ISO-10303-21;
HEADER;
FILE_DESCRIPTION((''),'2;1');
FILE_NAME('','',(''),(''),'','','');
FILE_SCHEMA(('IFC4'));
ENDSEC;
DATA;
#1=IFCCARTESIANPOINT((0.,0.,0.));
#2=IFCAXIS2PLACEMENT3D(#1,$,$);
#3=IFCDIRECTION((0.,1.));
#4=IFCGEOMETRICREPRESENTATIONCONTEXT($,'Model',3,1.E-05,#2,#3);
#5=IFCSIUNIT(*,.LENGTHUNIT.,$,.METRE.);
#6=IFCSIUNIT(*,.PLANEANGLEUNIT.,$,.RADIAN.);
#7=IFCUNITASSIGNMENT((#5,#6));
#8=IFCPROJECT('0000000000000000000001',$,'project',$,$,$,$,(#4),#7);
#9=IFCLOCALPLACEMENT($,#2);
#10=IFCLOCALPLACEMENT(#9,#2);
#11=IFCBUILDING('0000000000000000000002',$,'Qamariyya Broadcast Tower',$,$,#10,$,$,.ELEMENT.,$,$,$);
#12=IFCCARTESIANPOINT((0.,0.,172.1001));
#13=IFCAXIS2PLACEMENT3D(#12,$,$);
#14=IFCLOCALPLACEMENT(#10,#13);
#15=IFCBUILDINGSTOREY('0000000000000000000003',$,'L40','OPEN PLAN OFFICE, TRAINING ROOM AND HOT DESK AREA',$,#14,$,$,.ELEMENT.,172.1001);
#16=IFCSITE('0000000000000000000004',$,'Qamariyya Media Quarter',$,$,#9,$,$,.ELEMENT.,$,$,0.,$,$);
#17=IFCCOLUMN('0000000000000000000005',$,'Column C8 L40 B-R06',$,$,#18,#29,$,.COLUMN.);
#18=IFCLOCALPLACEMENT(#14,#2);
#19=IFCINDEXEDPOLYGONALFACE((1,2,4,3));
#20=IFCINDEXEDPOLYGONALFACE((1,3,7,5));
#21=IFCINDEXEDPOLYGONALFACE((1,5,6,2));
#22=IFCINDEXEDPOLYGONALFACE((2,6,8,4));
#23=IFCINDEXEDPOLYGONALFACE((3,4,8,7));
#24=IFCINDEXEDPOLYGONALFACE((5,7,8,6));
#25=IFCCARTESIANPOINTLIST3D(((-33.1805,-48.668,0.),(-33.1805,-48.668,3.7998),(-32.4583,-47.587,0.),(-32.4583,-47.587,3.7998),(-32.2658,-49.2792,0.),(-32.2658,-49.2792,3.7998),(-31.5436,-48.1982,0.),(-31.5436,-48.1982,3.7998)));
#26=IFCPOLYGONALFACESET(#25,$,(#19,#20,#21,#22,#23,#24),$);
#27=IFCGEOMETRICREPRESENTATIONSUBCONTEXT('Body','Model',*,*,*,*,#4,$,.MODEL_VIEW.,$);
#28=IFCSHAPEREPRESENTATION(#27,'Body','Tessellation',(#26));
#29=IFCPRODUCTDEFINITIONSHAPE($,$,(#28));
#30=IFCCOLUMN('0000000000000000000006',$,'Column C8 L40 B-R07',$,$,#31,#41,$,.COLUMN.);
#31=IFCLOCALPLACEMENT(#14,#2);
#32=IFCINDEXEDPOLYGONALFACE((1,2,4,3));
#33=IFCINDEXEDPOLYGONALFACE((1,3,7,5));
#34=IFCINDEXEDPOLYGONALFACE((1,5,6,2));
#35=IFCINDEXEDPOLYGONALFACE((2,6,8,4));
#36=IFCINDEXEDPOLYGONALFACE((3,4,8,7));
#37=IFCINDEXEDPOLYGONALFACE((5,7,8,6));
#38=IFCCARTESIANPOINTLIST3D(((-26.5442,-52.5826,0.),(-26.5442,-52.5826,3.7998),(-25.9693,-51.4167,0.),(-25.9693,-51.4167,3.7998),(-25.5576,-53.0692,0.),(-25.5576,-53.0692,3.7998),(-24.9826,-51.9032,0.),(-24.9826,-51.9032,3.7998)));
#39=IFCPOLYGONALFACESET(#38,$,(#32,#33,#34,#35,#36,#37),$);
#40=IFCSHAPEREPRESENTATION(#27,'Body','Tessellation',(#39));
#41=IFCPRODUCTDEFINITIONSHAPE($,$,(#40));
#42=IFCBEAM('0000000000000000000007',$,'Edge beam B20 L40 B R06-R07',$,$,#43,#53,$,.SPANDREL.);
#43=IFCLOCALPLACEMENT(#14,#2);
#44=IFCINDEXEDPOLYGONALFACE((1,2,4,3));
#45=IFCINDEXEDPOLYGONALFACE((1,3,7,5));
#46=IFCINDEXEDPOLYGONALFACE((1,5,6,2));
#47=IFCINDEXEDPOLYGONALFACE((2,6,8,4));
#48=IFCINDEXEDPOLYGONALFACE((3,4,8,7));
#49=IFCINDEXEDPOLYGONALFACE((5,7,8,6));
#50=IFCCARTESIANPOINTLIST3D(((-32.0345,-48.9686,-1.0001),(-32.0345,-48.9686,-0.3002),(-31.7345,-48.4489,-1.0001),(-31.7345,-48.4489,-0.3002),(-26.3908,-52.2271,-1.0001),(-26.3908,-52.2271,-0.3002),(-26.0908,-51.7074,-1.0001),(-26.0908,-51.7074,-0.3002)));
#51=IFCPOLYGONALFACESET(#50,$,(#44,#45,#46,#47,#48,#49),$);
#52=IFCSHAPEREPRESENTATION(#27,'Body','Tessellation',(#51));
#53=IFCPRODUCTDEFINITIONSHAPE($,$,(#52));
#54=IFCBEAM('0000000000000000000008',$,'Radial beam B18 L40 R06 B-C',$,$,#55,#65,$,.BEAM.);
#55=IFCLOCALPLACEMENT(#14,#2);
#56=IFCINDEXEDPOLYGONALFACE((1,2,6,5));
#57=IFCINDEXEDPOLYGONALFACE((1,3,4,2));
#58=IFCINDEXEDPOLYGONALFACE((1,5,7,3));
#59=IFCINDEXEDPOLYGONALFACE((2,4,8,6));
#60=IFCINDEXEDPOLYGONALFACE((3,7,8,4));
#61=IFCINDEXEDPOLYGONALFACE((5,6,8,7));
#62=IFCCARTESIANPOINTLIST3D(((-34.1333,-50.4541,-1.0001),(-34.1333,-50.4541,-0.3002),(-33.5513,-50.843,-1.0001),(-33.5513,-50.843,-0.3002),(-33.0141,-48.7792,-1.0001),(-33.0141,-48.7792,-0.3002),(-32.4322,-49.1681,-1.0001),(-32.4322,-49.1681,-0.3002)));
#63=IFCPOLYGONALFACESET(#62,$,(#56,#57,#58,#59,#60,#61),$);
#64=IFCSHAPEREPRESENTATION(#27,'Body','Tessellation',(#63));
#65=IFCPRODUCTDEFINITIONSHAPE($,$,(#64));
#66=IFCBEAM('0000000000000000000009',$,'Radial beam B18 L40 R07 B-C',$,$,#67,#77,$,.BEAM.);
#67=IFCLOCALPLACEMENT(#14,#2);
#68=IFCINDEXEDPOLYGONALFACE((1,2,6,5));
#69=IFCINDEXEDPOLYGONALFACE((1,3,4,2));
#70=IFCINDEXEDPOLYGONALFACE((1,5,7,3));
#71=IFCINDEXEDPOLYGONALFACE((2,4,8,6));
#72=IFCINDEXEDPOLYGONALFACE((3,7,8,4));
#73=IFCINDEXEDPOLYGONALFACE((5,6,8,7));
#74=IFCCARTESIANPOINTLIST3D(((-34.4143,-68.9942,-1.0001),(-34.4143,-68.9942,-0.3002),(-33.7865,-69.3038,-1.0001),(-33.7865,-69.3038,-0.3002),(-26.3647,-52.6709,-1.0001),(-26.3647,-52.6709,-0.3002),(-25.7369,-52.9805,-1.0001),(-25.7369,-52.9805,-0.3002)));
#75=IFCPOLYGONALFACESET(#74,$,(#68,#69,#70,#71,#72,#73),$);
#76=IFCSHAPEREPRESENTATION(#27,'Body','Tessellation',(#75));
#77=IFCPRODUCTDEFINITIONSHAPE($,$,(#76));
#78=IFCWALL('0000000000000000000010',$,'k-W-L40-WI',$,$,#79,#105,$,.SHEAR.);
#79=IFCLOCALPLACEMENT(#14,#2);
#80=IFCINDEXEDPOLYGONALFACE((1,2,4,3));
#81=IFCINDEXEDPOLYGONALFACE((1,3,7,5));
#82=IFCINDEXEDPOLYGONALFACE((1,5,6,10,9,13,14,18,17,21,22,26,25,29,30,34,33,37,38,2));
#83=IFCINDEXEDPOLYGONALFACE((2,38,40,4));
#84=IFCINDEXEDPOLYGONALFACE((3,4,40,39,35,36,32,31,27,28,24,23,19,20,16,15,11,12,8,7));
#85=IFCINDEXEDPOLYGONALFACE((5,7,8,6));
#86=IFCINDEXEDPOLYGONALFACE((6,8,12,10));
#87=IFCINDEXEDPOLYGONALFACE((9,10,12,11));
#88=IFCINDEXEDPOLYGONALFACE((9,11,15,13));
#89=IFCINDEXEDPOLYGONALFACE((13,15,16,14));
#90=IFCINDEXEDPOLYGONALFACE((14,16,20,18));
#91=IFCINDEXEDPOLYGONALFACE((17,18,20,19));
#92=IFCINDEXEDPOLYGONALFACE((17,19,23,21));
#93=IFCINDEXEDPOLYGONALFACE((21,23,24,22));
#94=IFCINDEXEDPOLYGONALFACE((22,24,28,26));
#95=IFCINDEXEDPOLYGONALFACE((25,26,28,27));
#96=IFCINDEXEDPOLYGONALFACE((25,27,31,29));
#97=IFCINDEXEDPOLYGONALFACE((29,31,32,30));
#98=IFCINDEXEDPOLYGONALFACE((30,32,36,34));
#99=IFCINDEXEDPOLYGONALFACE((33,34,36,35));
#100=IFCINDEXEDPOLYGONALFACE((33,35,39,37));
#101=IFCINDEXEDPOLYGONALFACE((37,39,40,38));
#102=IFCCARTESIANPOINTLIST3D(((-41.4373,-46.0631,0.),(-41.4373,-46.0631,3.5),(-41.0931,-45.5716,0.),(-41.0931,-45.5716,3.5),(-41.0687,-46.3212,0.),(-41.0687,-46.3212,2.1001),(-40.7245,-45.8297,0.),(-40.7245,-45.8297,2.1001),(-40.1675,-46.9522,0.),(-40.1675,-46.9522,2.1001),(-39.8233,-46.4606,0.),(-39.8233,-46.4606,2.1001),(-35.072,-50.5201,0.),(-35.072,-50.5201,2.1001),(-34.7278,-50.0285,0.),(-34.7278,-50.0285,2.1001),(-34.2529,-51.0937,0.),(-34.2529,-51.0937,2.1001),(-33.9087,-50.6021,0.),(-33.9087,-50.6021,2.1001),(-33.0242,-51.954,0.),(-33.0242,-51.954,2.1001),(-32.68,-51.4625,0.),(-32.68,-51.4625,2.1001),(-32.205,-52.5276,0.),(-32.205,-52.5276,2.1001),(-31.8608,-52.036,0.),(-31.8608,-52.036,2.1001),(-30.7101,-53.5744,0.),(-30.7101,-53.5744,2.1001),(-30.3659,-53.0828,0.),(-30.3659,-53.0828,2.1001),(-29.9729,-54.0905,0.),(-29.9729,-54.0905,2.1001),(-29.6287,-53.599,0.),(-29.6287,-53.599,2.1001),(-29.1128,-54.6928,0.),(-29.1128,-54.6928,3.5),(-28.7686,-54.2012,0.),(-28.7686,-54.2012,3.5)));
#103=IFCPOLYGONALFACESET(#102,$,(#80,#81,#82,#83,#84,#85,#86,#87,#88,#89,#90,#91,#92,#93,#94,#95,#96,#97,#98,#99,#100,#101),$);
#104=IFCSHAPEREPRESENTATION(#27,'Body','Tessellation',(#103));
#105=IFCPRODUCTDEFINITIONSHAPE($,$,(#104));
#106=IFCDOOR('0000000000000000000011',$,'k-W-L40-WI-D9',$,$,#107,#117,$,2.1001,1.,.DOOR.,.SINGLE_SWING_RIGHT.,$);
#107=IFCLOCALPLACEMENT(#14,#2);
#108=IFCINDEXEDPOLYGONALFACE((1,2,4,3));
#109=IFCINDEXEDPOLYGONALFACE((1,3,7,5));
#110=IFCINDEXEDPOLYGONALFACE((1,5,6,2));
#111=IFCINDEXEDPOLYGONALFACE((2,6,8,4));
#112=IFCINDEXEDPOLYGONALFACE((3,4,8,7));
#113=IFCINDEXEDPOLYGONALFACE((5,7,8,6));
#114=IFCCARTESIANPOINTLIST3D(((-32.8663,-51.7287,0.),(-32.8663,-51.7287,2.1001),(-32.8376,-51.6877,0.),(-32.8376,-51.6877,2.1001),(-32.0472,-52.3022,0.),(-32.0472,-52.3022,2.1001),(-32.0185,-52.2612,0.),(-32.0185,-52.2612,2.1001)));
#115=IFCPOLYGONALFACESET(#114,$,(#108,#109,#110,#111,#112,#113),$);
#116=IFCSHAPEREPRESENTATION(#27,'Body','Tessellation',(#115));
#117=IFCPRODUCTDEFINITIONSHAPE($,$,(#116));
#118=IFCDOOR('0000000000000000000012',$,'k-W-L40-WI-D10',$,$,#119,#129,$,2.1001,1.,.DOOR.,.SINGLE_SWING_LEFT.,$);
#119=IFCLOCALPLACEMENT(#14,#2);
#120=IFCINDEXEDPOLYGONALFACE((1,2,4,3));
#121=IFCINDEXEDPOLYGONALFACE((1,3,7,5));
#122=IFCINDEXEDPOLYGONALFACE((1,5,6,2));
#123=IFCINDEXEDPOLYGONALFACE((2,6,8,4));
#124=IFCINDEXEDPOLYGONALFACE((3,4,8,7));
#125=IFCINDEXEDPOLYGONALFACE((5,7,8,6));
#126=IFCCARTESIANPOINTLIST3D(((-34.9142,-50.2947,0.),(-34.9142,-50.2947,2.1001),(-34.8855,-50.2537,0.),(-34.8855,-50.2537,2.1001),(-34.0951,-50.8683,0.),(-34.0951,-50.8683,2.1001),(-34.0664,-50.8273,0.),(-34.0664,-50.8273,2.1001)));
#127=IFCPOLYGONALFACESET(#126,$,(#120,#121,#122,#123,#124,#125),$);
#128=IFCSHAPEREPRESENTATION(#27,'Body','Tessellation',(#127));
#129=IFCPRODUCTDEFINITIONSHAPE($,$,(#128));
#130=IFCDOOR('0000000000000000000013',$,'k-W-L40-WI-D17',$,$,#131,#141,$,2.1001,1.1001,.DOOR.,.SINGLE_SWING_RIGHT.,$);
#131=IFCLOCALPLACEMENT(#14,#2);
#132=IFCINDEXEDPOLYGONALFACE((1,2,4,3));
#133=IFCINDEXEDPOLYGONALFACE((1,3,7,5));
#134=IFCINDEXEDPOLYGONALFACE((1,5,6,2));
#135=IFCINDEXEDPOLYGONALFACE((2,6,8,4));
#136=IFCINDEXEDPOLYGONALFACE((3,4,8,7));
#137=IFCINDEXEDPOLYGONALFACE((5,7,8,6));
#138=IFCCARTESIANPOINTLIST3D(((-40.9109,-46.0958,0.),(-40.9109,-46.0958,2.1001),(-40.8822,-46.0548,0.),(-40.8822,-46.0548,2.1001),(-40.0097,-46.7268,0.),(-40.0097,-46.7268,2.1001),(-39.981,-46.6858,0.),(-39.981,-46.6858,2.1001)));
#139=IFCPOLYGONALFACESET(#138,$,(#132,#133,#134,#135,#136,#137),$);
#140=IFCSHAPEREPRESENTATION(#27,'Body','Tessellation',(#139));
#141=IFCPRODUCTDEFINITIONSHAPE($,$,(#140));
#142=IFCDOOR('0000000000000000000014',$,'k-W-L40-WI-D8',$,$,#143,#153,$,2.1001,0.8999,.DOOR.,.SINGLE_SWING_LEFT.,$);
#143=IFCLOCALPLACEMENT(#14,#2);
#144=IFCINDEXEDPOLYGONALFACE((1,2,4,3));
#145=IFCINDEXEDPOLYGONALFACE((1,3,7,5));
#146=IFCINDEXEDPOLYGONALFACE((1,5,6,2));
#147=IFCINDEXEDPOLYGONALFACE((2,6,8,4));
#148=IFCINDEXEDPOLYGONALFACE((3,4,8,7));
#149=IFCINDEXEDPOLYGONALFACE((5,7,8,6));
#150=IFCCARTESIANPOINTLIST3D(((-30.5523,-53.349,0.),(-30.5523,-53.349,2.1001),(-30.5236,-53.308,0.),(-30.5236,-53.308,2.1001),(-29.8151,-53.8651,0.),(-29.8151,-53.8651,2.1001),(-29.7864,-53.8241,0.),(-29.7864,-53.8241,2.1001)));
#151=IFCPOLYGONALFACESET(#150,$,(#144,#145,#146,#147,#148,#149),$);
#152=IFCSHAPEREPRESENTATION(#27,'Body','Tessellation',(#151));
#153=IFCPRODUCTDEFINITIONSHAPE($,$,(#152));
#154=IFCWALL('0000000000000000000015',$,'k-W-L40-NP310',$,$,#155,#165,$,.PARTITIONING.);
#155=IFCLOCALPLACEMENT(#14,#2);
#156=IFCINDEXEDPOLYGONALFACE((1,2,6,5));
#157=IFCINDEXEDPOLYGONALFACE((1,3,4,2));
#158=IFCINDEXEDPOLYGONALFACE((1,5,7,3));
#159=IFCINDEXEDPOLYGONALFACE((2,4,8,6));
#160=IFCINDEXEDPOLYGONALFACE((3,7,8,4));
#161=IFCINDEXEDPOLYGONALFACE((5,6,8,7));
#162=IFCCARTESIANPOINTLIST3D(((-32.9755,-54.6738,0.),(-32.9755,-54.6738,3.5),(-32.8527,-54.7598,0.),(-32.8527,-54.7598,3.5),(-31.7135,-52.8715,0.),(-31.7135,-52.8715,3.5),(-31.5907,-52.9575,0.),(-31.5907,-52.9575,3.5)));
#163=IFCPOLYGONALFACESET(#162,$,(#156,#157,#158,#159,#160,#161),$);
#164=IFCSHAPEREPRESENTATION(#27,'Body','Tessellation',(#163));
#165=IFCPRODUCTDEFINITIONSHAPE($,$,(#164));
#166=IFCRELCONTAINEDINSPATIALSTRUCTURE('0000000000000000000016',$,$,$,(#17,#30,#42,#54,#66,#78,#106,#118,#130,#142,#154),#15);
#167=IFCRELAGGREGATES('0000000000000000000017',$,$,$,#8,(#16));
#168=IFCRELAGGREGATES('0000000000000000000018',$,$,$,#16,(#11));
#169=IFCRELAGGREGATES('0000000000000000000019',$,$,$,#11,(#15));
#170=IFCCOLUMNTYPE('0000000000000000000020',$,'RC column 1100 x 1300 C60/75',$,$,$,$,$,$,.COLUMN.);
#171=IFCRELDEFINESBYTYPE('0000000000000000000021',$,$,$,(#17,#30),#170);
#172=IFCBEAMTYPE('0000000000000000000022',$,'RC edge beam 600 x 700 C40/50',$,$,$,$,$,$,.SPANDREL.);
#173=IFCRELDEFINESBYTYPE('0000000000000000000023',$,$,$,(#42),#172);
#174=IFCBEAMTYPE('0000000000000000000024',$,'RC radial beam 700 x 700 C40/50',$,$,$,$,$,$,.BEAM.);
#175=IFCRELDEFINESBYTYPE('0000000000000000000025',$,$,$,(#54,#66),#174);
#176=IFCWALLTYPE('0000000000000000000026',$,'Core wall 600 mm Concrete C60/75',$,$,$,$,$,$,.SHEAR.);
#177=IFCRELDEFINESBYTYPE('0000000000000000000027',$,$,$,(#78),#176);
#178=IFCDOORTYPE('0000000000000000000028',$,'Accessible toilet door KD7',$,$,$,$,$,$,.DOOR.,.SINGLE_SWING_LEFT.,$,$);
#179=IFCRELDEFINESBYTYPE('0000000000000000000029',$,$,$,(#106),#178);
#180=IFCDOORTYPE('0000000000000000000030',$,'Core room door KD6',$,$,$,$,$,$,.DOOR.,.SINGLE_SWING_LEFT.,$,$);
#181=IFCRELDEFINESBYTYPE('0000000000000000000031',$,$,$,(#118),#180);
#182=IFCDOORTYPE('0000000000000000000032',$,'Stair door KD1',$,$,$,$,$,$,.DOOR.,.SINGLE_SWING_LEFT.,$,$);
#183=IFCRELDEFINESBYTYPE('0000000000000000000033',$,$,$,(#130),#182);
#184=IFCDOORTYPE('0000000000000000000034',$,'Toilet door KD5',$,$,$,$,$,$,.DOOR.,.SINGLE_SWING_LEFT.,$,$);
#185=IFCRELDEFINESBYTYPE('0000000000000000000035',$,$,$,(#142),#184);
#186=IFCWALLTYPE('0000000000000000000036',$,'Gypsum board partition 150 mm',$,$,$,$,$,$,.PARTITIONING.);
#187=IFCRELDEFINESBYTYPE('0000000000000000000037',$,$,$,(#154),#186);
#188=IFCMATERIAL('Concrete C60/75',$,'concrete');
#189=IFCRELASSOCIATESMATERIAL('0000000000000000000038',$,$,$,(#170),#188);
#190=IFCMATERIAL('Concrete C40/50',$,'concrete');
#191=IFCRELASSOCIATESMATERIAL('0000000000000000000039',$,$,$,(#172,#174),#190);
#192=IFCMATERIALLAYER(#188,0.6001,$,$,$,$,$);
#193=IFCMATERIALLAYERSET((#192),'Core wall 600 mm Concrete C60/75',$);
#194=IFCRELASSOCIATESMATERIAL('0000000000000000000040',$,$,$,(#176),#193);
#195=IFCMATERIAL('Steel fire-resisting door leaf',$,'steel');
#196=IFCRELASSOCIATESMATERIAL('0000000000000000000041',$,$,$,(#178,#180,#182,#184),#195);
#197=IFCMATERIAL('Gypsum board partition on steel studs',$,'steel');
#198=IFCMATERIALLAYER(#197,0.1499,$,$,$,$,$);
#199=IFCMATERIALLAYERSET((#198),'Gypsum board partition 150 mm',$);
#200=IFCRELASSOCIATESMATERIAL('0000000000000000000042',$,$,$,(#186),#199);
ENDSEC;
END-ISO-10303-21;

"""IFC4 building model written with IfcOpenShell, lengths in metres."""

from ifc_helpers import new_model, si_unit, direction, frame, frame_2d, origin, origin_2d, place, context, subcontext, project, spatial, rectangle, extrude, material, layer, layer_set, material_profile, profile_set, type_object, element, fill, save


model = new_model("IFC4")

# Units and contexts
model_context = context("Model", 3, precision=1e-05, world=origin(), true_north=direction((0.0, 1.0)))
body_context = subcontext(model_context, "Body", "Model", "MODEL_VIEW")
ifc_project = project(units=[si_unit("LENGTHUNIT", "METRE"), si_unit("PLANEANGLEUNIT", "RADIAN")], contexts=[model_context])

# Site, building, storey
site_placement = place(None, origin())
site = spatial("IfcSite", under=ifc_project, at=site_placement, Name="Qamariyya Media Quarter", CompositionType="ELEMENT", RefElevation=0.0)
building_placement = place(site_placement, origin())
building = spatial("IfcBuilding", under=site, at=building_placement, Name="Qamariyya Broadcast Tower", CompositionType="ELEMENT")
storey_placement = place(building_placement, frame((0.0, 0.0, 172.1001)))
storey = spatial("IfcBuildingStorey", under=building, at=storey_placement, Name="L40", Description="OPEN PLAN OFFICE, TRAINING ROOM AND HOT DESK AREA", CompositionType="ELEMENT", Elevation=172.1001)

# Columns
ifc_material_1 = material(Name="Concrete C60/75", Category="concrete")
ifc_material_profile_1 = material_profile(ifc_material_1, rectangle(XDim=1.1001, YDim=1.3, at=origin_2d()))
ifc_profile_set_1 = profile_set([ifc_material_profile_1], Name="Concrete C60/75")
column_type = type_object("IfcColumnType", Name="RC column 1100 x 1300 C60/75", PredefinedType="COLUMN", material=ifc_profile_set_1)
for number, where, z_axis, x_axis, name in (
    (1, (-32.3621, -48.4331, 0.0), (0.0, 0.0, 1.0), (0.83147, -0.55557, 0.0), "Column C8 L40 B-R06"),
    (2, (-25.7634, -52.2429, 0.0), (0.0, 0.0, 1.0), (0.896873, -0.442289, 0.0), "Column C8 L40 B-R07"),
):
    element("IfcColumn", number, at=place(storey_placement, frame(where, z_axis=z_axis, x_axis=x_axis)), inside=storey, type_object=column_type, Name=name, PredefinedType="COLUMN", context=body_context, shape_type="SweptSolid", body=[
        extrude(rectangle(XDim=1.1001, YDim=1.3, at=origin_2d()), origin(), (0.0, 0.0, 1.0), 3.7998),
    ])

# Beams
ifc_material_2 = material(Name="Concrete C40/50", Category="concrete")
ifc_material_profile_2 = material_profile(ifc_material_2, rectangle(XDim=0.6001, YDim=0.7, at=origin_2d()))
ifc_profile_set_2 = profile_set([ifc_material_profile_2], Name="Concrete C40/50")
beam_type_1 = type_object("IfcBeamType", Name="RC edge beam 600 x 700 C40/50", PredefinedType="SPANDREL", material=ifc_profile_set_2)
beam_1_placement = place(storey_placement, frame((-31.8845, -48.7087, -0.6501), z_axis=(0.866019, -0.500011, 0.0), x_axis=(0.500011, 0.866019, 0.0)))
element("IfcBeam", 3, at=beam_1_placement, inside=storey, type_object=beam_type_1, Name="Edge beam B20 L40 B R06-R07", PredefinedType="SPANDREL", context=body_context, shape_type="SweptSolid", body=[
    extrude(rectangle(XDim=0.6001, YDim=0.7, at=origin_2d()), origin(), (0.0, 0.0, 1.0), 6.5168),
])
ifc_material_profile_3 = material_profile(ifc_material_2, rectangle(XDim=0.7, YDim=0.7, at=origin_2d()))
ifc_profile_set_3 = profile_set([ifc_material_profile_3], Name="Concrete C40/50")
beam_type_2 = type_object("IfcBeamType", Name="RC radial beam 700 x 700 C40/50", PredefinedType="BEAM", material=ifc_profile_set_3)
beam_2_placement = place(storey_placement, frame((-32.7231, -48.9736, -0.6501), z_axis=(-0.555595, -0.831453, 0.0), x_axis=(0.831453, -0.555595, 0.0)))
element("IfcBeam", 4, at=beam_2_placement, inside=storey, type_object=beam_type_2, Name="Radial beam B18 L40 R06 B-C", PredefinedType="BEAM", context=body_context, shape_type="SweptSolid", body=[
    extrude(rectangle(XDim=0.7, YDim=0.7, at=origin_2d()), origin(), (0.0, 0.0, 1.0), 2.0144),
])
beam_3_placement = place(storey_placement, frame((-26.0508, -52.8257, -0.6501), z_axis=(-0.442281, -0.896876, 0.0), x_axis=(0.896876, -0.442281, 0.0)))
element("IfcBeam", 5, at=beam_3_placement, inside=storey, type_object=beam_type_2, Name="Radial beam B18 L40 R07 B-C", PredefinedType="BEAM", context=body_context, shape_type="SweptSolid", body=[
    extrude(rectangle(XDim=0.7, YDim=0.7, at=origin_2d()), origin(), (0.0, 0.0, 1.0), 18.2002),
])

# Wall, openings, doors
ifc_layer_1 = layer(ifc_material_1, 0.6001)
ifc_layer_set_1 = layer_set([ifc_layer_1], Name="Core wall 600 mm Concrete C60/75")
wall_type_1 = type_object("IfcWallType", Name="Core wall 600 mm Concrete C60/75", PredefinedType="SHEAR", material=ifc_layer_set_1)
wall_1_placement = place(storey_placement, frame((-28.9407, -54.447, 0.0), z_axis=(0.0, 0.0, 1.0), x_axis=(-0.819153, 0.573575, 0.0)))
wall_1 = element("IfcWall", 6, at=wall_1_placement, inside=storey, type_object=wall_type_1, Name="k-W-L40-WI", PredefinedType="SHEAR", context=body_context, shape_type="SweptSolid", body=[
    extrude(rectangle(XDim=15.0454, YDim=0.6001, at=frame_2d((7.5227, 0.0))), origin(), (0.0, 0.0, 1.0), 3.5),
])
opening_1_placement = place(wall_1_placement, frame((1.05, 0.0, 0.0)))
opening_1 = element("IfcOpeningElement", 7, at=opening_1_placement, cuts=wall_1, PredefinedType="OPENING", context=body_context, shape_type="SweptSolid", body=[
    extrude(rectangle(XDim=0.8999, YDim=2.1001, at=frame_2d((0.45, 1.05))), frame((0.0, 0.3101, 0.0), z_axis=(0.0, -1.0, 0.0), x_axis=(1.0, 0.0, 0.0)), (0.0, 0.0, 1.0), 0.6201),
])
opening_2_placement = place(wall_1_placement, frame((3.7749, 0.0, 0.0)))
opening_2 = element("IfcOpeningElement", 8, at=opening_2_placement, cuts=wall_1, PredefinedType="OPENING", context=body_context, shape_type="SweptSolid", body=[
    extrude(rectangle(XDim=1.0, YDim=2.1001, at=frame_2d((0.5, 1.05))), frame((0.0, 0.3101, 0.0), z_axis=(0.0, -1.0, 0.0), x_axis=(1.0, 0.0, 0.0)), (0.0, 0.0, 1.0), 0.6201),
])
opening_3_placement = place(wall_1_placement, frame((6.2749, 0.0, 0.0)))
opening_3 = element("IfcOpeningElement", 9, at=opening_3_placement, cuts=wall_1, PredefinedType="OPENING", context=body_context, shape_type="SweptSolid", body=[
    extrude(rectangle(XDim=1.0, YDim=2.1001, at=frame_2d((0.5, 1.05))), frame((0.0, 0.3101, 0.0), z_axis=(0.0, -1.0, 0.0), x_axis=(1.0, 0.0, 0.0)), (0.0, 0.0, 1.0), 0.6201),
])
opening_4_placement = place(wall_1_placement, frame((13.4954, 0.0, 0.0)))
opening_4 = element("IfcOpeningElement", 10, at=opening_4_placement, cuts=wall_1, PredefinedType="OPENING", context=body_context, shape_type="SweptSolid", body=[
    extrude(rectangle(XDim=1.1001, YDim=2.1001, at=frame_2d((0.55, 1.05))), frame((0.0, 0.3101, 0.0), z_axis=(0.0, -1.0, 0.0), x_axis=(1.0, 0.0, 0.0)), (0.0, 0.0, 1.0), 0.6201),
])
ifc_material_3 = material(Name="Steel fire-resisting door leaf", Category="steel")
door_type_1 = type_object("IfcDoorType", Name="Accessible toilet door KD7", OperationType="SINGLE_SWING_LEFT", PredefinedType="DOOR", material=ifc_material_3)
door_1_placement = place(opening_2_placement, origin())
door_1 = element("IfcDoor", 11, at=door_1_placement, inside=storey, type_object=door_type_1, Name="k-W-L40-WI-D9", OperationType="SINGLE_SWING_RIGHT", OverallHeight=2.1001, OverallWidth=1.0, PredefinedType="DOOR", context=body_context, shape_type="SweptSolid", body=[
    extrude(rectangle(XDim=1.0, YDim=2.1001, at=frame_2d((0.5, 1.05))), frame((0.0, 0.0249, 0.0), z_axis=(0.0, -1.0, 0.0), x_axis=(1.0, 0.0, 0.0)), (0.0, 0.0, 1.0), 0.05),
])
fill(opening_2, door_1)
door_type_2 = type_object("IfcDoorType", Name="Core room door KD6", OperationType="SINGLE_SWING_LEFT", PredefinedType="DOOR", material=ifc_material_3)
door_2_placement = place(opening_3_placement, origin())
door_2 = element("IfcDoor", 12, at=door_2_placement, inside=storey, type_object=door_type_2, Name="k-W-L40-WI-D10", OperationType="SINGLE_SWING_LEFT", OverallHeight=2.1001, OverallWidth=1.0, PredefinedType="DOOR", context=body_context, shape_type="SweptSolid", body=[
    extrude(rectangle(XDim=1.0, YDim=2.1001, at=frame_2d((0.5, 1.05))), frame((0.0, 0.0249, 0.0), z_axis=(0.0, -1.0, 0.0), x_axis=(1.0, 0.0, 0.0)), (0.0, 0.0, 1.0), 0.05),
])
fill(opening_3, door_2)
door_type_3 = type_object("IfcDoorType", Name="Stair door KD1", OperationType="SINGLE_SWING_LEFT", PredefinedType="DOOR", material=ifc_material_3)
door_3_placement = place(opening_4_placement, origin())
door_3 = element("IfcDoor", 13, at=door_3_placement, inside=storey, type_object=door_type_3, Name="k-W-L40-WI-D17", OperationType="SINGLE_SWING_RIGHT", OverallHeight=2.1001, OverallWidth=1.1001, PredefinedType="DOOR", context=body_context, shape_type="SweptSolid", body=[
    extrude(rectangle(XDim=1.1001, YDim=2.1001, at=frame_2d((0.55, 1.05))), frame((0.0, 0.0249, 0.0), z_axis=(0.0, -1.0, 0.0), x_axis=(1.0, 0.0, 0.0)), (0.0, 0.0, 1.0), 0.05),
])
fill(opening_4, door_3)
door_type_4 = type_object("IfcDoorType", Name="Toilet door KD5", OperationType="SINGLE_SWING_LEFT", PredefinedType="DOOR", material=ifc_material_3)
door_4_placement = place(opening_1_placement, origin())
door_4 = element("IfcDoor", 14, at=door_4_placement, inside=storey, type_object=door_type_4, Name="k-W-L40-WI-D8", OperationType="SINGLE_SWING_LEFT", OverallHeight=2.1001, OverallWidth=0.8999, PredefinedType="DOOR", context=body_context, shape_type="SweptSolid", body=[
    extrude(rectangle(XDim=0.8999, YDim=2.1001, at=frame_2d((0.45, 1.05))), frame((0.0, 0.0249, 0.0), z_axis=(0.0, -1.0, 0.0), x_axis=(1.0, 0.0, 0.0)), (0.0, 0.0, 1.0), 0.05),
])
fill(opening_1, door_4)

# Wall
ifc_material_4 = material(Name="Gypsum board partition on steel studs", Category="steel")
ifc_layer_2 = layer(ifc_material_4, 0.1499)
ifc_layer_set_2 = layer_set([ifc_layer_2], Name="Gypsum board partition 150 mm")
wall_type_2 = type_object("IfcWallType", Name="Gypsum board partition 150 mm", PredefinedType="PARTITIONING", material=ifc_layer_set_2)
wall_2_placement = place(storey_placement, frame((-32.9141, -54.7168, 0.0), z_axis=(0.0, 0.0, 1.0), x_axis=(0.573581, 0.819149, 0.0)))
element("IfcWall", 15, at=wall_2_placement, inside=storey, type_object=wall_type_2, Name="k-W-L40-NP310", PredefinedType="PARTITIONING", context=body_context, shape_type="SweptSolid", body=[
    extrude(rectangle(XDim=2.2002, YDim=0.1499, at=frame_2d((1.1001, 0.0))), origin(), (0.0, 0.0, 1.0), 3.5),
])

save(model, "model.ifc")
